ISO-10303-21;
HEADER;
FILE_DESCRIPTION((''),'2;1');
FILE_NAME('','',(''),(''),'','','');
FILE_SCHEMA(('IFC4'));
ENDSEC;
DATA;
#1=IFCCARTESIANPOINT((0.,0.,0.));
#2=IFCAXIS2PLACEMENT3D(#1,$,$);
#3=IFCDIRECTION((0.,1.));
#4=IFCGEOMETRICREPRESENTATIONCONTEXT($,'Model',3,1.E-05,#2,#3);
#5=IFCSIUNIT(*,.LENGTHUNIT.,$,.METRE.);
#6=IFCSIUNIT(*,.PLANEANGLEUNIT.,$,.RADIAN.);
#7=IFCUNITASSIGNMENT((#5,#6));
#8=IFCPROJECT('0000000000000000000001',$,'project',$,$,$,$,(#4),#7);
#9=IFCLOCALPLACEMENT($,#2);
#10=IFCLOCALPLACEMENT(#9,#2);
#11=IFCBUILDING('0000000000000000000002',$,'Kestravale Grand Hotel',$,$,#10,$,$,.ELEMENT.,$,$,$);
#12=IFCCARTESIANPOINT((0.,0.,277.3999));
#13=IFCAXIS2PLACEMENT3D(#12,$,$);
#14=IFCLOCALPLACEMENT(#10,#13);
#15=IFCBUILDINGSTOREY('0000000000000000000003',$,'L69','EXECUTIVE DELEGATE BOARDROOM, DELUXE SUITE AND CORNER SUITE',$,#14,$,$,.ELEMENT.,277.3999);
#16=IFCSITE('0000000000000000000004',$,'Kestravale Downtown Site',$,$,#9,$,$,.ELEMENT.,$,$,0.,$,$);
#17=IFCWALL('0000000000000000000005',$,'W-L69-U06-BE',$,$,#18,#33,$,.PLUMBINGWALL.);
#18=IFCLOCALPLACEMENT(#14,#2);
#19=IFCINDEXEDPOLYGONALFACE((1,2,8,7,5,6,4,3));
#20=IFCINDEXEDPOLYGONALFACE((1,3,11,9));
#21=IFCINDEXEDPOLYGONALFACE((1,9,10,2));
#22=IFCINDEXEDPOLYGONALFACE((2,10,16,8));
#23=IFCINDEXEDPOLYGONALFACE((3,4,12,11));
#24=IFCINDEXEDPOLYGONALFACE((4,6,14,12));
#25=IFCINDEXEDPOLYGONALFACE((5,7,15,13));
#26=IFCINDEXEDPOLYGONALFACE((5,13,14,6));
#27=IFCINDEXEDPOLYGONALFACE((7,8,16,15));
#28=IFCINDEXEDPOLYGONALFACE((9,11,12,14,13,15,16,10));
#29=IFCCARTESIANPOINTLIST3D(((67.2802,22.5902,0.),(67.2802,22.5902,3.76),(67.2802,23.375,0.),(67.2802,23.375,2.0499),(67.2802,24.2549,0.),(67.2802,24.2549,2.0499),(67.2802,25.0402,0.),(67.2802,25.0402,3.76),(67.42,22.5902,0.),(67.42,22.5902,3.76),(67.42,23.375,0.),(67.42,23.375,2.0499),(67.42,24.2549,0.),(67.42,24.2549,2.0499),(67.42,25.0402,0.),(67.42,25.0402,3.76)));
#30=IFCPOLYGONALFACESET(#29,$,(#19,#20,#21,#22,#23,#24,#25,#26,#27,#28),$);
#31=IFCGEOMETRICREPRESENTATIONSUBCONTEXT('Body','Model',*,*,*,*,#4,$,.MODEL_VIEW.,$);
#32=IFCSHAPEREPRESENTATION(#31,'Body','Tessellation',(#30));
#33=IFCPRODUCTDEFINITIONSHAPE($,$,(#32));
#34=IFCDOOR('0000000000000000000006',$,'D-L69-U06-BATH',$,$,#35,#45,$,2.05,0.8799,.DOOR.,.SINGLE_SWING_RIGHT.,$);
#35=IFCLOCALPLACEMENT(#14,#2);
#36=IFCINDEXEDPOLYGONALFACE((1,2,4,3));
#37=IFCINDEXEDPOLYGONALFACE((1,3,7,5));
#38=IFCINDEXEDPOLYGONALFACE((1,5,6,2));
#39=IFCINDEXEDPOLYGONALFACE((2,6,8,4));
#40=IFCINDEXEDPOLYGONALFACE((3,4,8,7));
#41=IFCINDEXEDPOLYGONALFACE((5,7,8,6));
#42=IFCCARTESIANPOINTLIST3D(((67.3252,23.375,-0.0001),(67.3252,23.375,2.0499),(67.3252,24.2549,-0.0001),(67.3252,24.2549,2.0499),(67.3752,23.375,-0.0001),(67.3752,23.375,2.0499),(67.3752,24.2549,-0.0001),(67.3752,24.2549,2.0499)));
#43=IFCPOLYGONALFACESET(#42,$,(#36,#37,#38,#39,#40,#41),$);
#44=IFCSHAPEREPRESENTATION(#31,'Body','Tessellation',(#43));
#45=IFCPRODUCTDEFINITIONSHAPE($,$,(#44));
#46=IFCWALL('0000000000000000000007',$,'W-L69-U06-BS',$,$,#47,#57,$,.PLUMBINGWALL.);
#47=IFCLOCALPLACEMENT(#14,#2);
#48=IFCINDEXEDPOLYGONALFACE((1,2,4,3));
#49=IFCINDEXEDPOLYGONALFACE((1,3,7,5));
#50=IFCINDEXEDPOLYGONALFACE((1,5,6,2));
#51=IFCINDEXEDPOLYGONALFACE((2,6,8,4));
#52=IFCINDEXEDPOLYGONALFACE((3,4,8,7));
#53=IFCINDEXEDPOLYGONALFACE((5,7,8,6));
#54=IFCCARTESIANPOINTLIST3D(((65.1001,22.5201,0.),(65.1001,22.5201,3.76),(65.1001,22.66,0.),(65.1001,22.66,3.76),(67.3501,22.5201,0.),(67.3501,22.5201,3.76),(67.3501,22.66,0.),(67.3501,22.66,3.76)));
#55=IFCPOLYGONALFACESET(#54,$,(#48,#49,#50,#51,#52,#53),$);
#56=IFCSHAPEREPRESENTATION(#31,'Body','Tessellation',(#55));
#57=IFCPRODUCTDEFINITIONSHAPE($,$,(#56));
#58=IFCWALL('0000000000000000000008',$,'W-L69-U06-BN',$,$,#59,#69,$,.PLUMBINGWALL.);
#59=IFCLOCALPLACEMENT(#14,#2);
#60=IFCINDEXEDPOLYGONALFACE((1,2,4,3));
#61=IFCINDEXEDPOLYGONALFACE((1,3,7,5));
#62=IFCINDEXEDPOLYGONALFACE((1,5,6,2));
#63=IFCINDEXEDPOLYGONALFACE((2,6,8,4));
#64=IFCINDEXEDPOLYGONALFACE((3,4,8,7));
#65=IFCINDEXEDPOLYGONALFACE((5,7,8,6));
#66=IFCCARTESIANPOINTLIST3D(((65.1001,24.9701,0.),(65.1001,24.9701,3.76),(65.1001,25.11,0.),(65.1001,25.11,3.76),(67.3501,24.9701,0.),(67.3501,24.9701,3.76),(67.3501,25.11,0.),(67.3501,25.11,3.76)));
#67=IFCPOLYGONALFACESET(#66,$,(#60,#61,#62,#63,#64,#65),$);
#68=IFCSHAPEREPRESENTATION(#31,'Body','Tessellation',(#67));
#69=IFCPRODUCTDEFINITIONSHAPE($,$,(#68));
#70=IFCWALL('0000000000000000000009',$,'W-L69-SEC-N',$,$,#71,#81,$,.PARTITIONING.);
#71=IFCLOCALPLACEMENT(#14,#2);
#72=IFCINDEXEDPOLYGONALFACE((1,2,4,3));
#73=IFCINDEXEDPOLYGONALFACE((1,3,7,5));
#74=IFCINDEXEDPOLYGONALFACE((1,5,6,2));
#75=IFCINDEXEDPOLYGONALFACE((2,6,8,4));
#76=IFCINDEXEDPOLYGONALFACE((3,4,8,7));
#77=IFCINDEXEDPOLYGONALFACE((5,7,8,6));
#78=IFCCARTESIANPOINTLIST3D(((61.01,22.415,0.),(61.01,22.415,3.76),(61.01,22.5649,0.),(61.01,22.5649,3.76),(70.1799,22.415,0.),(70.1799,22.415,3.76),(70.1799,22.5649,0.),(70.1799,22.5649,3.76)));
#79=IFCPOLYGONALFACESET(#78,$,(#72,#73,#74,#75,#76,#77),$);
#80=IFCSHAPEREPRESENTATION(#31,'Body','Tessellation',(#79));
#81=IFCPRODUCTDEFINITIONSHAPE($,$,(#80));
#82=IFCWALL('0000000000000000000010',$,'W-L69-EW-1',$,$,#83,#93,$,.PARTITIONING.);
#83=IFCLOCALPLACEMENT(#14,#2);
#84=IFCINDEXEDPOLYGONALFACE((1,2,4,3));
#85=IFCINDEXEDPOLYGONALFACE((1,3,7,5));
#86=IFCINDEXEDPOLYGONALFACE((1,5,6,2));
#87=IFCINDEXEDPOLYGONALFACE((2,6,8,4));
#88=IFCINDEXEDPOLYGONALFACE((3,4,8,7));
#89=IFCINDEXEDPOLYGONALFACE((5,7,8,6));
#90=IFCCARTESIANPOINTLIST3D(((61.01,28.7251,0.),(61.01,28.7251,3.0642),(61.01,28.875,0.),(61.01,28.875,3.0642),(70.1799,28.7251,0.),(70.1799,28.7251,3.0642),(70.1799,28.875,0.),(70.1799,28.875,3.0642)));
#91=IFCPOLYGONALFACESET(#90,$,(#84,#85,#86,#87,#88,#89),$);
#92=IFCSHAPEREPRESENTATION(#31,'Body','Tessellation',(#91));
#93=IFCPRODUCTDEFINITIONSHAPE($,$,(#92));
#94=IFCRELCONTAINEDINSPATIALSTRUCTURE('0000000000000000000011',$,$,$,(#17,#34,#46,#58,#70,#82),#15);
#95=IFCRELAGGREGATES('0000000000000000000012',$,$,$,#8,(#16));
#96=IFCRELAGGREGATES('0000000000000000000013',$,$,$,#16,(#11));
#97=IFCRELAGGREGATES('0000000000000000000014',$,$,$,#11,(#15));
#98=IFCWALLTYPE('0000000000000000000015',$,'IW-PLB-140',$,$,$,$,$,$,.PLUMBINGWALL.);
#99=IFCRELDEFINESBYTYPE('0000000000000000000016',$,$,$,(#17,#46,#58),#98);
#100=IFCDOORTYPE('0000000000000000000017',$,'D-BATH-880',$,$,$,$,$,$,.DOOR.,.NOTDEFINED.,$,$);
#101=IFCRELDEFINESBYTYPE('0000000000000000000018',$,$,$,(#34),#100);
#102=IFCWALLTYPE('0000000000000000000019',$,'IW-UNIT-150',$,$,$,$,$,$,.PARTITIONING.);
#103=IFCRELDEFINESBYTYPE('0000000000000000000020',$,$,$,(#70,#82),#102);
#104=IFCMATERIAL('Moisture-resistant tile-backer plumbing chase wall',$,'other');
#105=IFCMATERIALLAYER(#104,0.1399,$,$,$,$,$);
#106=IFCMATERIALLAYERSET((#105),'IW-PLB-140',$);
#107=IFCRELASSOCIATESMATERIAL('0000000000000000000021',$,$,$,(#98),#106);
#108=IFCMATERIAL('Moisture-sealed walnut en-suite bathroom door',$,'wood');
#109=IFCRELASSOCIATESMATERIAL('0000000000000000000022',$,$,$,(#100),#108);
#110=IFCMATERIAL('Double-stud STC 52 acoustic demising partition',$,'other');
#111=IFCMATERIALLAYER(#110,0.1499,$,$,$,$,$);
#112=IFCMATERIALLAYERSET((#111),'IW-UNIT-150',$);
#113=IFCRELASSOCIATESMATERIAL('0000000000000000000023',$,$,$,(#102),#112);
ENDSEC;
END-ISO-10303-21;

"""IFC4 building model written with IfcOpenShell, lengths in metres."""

from ifc_helpers import new_model, si_unit, direction, frame, frame_2d, origin, place, context, subcontext, project, spatial, rectangle, extrude, material, layer, layer_set, type_object, element, fill, save


model = new_model("IFC4")

# Units and contexts
model_context = context("Model", 3, precision=1e-05, world=origin(), true_north=direction((0.0, 1.0)))
body_context = subcontext(model_context, "Body", "Model", "MODEL_VIEW")
ifc_project = project(units=[si_unit("LENGTHUNIT", "METRE"), si_unit("PLANEANGLEUNIT", "RADIAN")], contexts=[model_context])

# Site, building, storey
site_placement = place(None, origin())
site = spatial("IfcSite", under=ifc_project, at=site_placement, Name="Kestravale Downtown Site", CompositionType="ELEMENT", RefElevation=0.0)
building_placement = place(site_placement, origin())
building = spatial("IfcBuilding", under=site, at=building_placement, Name="Kestravale Grand Hotel", CompositionType="ELEMENT")
storey_placement = place(building_placement, frame((0.0, 0.0, 277.3999)))
storey = spatial("IfcBuildingStorey", under=building, at=storey_placement, Name="L69", Description="EXECUTIVE DELEGATE BOARDROOM, DELUXE SUITE AND CORNER SUITE", CompositionType="ELEMENT", Elevation=277.3999)

# Shared definitions
ifc_material_1 = material(Name="Moisture-resistant tile-backer plumbing chase wall", Category="other")
ifc_layer_1 = layer(ifc_material_1, 0.1399)
ifc_layer_set_1 = layer_set([ifc_layer_1], Name="IW-PLB-140")
wall_type_1 = type_object("IfcWallType", Name="IW-PLB-140", PredefinedType="PLUMBINGWALL", material=ifc_layer_set_1)

# Wall, opening, door
wall_1_placement = place(storey_placement, frame((67.3501, 22.5901, 0.0), z_axis=(0.0, 0.0, 1.0), x_axis=(0.0, 1.0, 0.0)))
wall_1 = element("IfcWall", 1, at=wall_1_placement, inside=storey, type_object=wall_type_1, Name="W-L69-U06-BE", PredefinedType="PLUMBINGWALL", context=body_context, shape_type="SweptSolid", body=[
    extrude(rectangle(XDim=2.45, YDim=0.1399, at=frame_2d((1.2251, 0.0))), origin(), (0.0, 0.0, 1.0), 3.76),
])
opening_1_placement = place(wall_1_placement, frame((0.7849, 0.0, 0.0)))
opening_1 = element("IfcOpeningElement", 2, at=opening_1_placement, cuts=wall_1, PredefinedType="OPENING", context=body_context, shape_type="SweptSolid", body=[
    extrude(rectangle(XDim=0.8799, YDim=2.05, at=frame_2d((0.4399, 1.0249))), frame((0.0, 0.0798, 0.0), z_axis=(0.0, -1.0, 0.0), x_axis=(1.0, 0.0, 0.0)), (0.0, 0.0, 1.0), 0.1599),
])
ifc_material_2 = material(Name="Moisture-sealed walnut en-suite bathroom door", Category="wood")
door_type_1 = type_object("IfcDoorType", Name="D-BATH-880", OperationType="NOTDEFINED", PredefinedType="DOOR", material=ifc_material_2)
door_1_placement = place(opening_1_placement, origin())
door_1 = element("IfcDoor", 3, at=door_1_placement, inside=storey, type_object=door_type_1, Name="D-L69-U06-BATH", OperationType="SINGLE_SWING_RIGHT", OverallHeight=2.05, OverallWidth=0.8799, PredefinedType="DOOR", context=body_context, shape_type="SweptSolid", body=[
    extrude(rectangle(XDim=0.8799, YDim=2.05, at=frame_2d((0.4399, 1.0249))), frame((0.0, 0.0249, 0.0), z_axis=(0.0, -1.0, 0.0), x_axis=(1.0, 0.0, 0.0)), (0.0, 0.0, 1.0), 0.05),
])
fill(opening_1, door_1)

# Walls
for number, where, z_axis, x_axis, name in (
    (4, (65.1001, 22.5901, 0.0), (0.0, 0.0, 1.0), (1.0, 0.0, 0.0), "W-L69-U06-BS"),
    (5, (65.1001, 25.04, 0.0), (0.0, 0.0, 1.0), (1.0, 0.0, 0.0), "W-L69-U06-BN"),
):
    element("IfcWall", number, at=place(storey_placement, frame(where, z_axis=z_axis, x_axis=x_axis)), inside=storey, type_object=wall_type_1, Name=name, PredefinedType="PLUMBINGWALL", context=body_context, shape_type="SweptSolid", body=[
        extrude(rectangle(XDim=2.25, YDim=0.1399, at=frame_2d((1.125, 0.0))), origin(), (0.0, 0.0, 1.0), 3.76),
    ])
ifc_material_3 = material(Name="Double-stud STC 52 acoustic demising partition", Category="other")
ifc_layer_2 = layer(ifc_material_3, 0.1499)
ifc_layer_set_2 = layer_set([ifc_layer_2], Name="IW-UNIT-150")
wall_type_2 = type_object("IfcWallType", Name="IW-UNIT-150", PredefinedType="PARTITIONING", material=ifc_layer_set_2)
wall_2_placement = place(storey_placement, frame((61.01, 22.49, 0.0), z_axis=(0.0, 0.0, 1.0), x_axis=(1.0, 0.0, 0.0)))
element("IfcWall", 6, at=wall_2_placement, inside=storey, type_object=wall_type_2, Name="W-L69-SEC-N", PredefinedType="PARTITIONING", context=body_context, shape_type="SweptSolid", body=[
    extrude(rectangle(XDim=9.1699, YDim=0.1499, at=frame_2d((4.585, 0.0))), origin(), (0.0, 0.0, 1.0), 3.76),
])
wall_3_placement = place(storey_placement, frame((61.01, 28.8, 0.0), z_axis=(0.0, 0.0, 1.0), x_axis=(1.0, 0.0, 0.0)))
element("IfcWall", 7, at=wall_3_placement, inside=storey, type_object=wall_type_2, Name="W-L69-EW-1", PredefinedType="PARTITIONING", context=body_context, shape_type="SweptSolid", body=[
    extrude(rectangle(XDim=9.1699, YDim=0.1499, at=frame_2d((4.585, 0.0))), origin(), (0.0, 0.0, 1.0), 3.0642),
])

save(model, "model.ifc")
